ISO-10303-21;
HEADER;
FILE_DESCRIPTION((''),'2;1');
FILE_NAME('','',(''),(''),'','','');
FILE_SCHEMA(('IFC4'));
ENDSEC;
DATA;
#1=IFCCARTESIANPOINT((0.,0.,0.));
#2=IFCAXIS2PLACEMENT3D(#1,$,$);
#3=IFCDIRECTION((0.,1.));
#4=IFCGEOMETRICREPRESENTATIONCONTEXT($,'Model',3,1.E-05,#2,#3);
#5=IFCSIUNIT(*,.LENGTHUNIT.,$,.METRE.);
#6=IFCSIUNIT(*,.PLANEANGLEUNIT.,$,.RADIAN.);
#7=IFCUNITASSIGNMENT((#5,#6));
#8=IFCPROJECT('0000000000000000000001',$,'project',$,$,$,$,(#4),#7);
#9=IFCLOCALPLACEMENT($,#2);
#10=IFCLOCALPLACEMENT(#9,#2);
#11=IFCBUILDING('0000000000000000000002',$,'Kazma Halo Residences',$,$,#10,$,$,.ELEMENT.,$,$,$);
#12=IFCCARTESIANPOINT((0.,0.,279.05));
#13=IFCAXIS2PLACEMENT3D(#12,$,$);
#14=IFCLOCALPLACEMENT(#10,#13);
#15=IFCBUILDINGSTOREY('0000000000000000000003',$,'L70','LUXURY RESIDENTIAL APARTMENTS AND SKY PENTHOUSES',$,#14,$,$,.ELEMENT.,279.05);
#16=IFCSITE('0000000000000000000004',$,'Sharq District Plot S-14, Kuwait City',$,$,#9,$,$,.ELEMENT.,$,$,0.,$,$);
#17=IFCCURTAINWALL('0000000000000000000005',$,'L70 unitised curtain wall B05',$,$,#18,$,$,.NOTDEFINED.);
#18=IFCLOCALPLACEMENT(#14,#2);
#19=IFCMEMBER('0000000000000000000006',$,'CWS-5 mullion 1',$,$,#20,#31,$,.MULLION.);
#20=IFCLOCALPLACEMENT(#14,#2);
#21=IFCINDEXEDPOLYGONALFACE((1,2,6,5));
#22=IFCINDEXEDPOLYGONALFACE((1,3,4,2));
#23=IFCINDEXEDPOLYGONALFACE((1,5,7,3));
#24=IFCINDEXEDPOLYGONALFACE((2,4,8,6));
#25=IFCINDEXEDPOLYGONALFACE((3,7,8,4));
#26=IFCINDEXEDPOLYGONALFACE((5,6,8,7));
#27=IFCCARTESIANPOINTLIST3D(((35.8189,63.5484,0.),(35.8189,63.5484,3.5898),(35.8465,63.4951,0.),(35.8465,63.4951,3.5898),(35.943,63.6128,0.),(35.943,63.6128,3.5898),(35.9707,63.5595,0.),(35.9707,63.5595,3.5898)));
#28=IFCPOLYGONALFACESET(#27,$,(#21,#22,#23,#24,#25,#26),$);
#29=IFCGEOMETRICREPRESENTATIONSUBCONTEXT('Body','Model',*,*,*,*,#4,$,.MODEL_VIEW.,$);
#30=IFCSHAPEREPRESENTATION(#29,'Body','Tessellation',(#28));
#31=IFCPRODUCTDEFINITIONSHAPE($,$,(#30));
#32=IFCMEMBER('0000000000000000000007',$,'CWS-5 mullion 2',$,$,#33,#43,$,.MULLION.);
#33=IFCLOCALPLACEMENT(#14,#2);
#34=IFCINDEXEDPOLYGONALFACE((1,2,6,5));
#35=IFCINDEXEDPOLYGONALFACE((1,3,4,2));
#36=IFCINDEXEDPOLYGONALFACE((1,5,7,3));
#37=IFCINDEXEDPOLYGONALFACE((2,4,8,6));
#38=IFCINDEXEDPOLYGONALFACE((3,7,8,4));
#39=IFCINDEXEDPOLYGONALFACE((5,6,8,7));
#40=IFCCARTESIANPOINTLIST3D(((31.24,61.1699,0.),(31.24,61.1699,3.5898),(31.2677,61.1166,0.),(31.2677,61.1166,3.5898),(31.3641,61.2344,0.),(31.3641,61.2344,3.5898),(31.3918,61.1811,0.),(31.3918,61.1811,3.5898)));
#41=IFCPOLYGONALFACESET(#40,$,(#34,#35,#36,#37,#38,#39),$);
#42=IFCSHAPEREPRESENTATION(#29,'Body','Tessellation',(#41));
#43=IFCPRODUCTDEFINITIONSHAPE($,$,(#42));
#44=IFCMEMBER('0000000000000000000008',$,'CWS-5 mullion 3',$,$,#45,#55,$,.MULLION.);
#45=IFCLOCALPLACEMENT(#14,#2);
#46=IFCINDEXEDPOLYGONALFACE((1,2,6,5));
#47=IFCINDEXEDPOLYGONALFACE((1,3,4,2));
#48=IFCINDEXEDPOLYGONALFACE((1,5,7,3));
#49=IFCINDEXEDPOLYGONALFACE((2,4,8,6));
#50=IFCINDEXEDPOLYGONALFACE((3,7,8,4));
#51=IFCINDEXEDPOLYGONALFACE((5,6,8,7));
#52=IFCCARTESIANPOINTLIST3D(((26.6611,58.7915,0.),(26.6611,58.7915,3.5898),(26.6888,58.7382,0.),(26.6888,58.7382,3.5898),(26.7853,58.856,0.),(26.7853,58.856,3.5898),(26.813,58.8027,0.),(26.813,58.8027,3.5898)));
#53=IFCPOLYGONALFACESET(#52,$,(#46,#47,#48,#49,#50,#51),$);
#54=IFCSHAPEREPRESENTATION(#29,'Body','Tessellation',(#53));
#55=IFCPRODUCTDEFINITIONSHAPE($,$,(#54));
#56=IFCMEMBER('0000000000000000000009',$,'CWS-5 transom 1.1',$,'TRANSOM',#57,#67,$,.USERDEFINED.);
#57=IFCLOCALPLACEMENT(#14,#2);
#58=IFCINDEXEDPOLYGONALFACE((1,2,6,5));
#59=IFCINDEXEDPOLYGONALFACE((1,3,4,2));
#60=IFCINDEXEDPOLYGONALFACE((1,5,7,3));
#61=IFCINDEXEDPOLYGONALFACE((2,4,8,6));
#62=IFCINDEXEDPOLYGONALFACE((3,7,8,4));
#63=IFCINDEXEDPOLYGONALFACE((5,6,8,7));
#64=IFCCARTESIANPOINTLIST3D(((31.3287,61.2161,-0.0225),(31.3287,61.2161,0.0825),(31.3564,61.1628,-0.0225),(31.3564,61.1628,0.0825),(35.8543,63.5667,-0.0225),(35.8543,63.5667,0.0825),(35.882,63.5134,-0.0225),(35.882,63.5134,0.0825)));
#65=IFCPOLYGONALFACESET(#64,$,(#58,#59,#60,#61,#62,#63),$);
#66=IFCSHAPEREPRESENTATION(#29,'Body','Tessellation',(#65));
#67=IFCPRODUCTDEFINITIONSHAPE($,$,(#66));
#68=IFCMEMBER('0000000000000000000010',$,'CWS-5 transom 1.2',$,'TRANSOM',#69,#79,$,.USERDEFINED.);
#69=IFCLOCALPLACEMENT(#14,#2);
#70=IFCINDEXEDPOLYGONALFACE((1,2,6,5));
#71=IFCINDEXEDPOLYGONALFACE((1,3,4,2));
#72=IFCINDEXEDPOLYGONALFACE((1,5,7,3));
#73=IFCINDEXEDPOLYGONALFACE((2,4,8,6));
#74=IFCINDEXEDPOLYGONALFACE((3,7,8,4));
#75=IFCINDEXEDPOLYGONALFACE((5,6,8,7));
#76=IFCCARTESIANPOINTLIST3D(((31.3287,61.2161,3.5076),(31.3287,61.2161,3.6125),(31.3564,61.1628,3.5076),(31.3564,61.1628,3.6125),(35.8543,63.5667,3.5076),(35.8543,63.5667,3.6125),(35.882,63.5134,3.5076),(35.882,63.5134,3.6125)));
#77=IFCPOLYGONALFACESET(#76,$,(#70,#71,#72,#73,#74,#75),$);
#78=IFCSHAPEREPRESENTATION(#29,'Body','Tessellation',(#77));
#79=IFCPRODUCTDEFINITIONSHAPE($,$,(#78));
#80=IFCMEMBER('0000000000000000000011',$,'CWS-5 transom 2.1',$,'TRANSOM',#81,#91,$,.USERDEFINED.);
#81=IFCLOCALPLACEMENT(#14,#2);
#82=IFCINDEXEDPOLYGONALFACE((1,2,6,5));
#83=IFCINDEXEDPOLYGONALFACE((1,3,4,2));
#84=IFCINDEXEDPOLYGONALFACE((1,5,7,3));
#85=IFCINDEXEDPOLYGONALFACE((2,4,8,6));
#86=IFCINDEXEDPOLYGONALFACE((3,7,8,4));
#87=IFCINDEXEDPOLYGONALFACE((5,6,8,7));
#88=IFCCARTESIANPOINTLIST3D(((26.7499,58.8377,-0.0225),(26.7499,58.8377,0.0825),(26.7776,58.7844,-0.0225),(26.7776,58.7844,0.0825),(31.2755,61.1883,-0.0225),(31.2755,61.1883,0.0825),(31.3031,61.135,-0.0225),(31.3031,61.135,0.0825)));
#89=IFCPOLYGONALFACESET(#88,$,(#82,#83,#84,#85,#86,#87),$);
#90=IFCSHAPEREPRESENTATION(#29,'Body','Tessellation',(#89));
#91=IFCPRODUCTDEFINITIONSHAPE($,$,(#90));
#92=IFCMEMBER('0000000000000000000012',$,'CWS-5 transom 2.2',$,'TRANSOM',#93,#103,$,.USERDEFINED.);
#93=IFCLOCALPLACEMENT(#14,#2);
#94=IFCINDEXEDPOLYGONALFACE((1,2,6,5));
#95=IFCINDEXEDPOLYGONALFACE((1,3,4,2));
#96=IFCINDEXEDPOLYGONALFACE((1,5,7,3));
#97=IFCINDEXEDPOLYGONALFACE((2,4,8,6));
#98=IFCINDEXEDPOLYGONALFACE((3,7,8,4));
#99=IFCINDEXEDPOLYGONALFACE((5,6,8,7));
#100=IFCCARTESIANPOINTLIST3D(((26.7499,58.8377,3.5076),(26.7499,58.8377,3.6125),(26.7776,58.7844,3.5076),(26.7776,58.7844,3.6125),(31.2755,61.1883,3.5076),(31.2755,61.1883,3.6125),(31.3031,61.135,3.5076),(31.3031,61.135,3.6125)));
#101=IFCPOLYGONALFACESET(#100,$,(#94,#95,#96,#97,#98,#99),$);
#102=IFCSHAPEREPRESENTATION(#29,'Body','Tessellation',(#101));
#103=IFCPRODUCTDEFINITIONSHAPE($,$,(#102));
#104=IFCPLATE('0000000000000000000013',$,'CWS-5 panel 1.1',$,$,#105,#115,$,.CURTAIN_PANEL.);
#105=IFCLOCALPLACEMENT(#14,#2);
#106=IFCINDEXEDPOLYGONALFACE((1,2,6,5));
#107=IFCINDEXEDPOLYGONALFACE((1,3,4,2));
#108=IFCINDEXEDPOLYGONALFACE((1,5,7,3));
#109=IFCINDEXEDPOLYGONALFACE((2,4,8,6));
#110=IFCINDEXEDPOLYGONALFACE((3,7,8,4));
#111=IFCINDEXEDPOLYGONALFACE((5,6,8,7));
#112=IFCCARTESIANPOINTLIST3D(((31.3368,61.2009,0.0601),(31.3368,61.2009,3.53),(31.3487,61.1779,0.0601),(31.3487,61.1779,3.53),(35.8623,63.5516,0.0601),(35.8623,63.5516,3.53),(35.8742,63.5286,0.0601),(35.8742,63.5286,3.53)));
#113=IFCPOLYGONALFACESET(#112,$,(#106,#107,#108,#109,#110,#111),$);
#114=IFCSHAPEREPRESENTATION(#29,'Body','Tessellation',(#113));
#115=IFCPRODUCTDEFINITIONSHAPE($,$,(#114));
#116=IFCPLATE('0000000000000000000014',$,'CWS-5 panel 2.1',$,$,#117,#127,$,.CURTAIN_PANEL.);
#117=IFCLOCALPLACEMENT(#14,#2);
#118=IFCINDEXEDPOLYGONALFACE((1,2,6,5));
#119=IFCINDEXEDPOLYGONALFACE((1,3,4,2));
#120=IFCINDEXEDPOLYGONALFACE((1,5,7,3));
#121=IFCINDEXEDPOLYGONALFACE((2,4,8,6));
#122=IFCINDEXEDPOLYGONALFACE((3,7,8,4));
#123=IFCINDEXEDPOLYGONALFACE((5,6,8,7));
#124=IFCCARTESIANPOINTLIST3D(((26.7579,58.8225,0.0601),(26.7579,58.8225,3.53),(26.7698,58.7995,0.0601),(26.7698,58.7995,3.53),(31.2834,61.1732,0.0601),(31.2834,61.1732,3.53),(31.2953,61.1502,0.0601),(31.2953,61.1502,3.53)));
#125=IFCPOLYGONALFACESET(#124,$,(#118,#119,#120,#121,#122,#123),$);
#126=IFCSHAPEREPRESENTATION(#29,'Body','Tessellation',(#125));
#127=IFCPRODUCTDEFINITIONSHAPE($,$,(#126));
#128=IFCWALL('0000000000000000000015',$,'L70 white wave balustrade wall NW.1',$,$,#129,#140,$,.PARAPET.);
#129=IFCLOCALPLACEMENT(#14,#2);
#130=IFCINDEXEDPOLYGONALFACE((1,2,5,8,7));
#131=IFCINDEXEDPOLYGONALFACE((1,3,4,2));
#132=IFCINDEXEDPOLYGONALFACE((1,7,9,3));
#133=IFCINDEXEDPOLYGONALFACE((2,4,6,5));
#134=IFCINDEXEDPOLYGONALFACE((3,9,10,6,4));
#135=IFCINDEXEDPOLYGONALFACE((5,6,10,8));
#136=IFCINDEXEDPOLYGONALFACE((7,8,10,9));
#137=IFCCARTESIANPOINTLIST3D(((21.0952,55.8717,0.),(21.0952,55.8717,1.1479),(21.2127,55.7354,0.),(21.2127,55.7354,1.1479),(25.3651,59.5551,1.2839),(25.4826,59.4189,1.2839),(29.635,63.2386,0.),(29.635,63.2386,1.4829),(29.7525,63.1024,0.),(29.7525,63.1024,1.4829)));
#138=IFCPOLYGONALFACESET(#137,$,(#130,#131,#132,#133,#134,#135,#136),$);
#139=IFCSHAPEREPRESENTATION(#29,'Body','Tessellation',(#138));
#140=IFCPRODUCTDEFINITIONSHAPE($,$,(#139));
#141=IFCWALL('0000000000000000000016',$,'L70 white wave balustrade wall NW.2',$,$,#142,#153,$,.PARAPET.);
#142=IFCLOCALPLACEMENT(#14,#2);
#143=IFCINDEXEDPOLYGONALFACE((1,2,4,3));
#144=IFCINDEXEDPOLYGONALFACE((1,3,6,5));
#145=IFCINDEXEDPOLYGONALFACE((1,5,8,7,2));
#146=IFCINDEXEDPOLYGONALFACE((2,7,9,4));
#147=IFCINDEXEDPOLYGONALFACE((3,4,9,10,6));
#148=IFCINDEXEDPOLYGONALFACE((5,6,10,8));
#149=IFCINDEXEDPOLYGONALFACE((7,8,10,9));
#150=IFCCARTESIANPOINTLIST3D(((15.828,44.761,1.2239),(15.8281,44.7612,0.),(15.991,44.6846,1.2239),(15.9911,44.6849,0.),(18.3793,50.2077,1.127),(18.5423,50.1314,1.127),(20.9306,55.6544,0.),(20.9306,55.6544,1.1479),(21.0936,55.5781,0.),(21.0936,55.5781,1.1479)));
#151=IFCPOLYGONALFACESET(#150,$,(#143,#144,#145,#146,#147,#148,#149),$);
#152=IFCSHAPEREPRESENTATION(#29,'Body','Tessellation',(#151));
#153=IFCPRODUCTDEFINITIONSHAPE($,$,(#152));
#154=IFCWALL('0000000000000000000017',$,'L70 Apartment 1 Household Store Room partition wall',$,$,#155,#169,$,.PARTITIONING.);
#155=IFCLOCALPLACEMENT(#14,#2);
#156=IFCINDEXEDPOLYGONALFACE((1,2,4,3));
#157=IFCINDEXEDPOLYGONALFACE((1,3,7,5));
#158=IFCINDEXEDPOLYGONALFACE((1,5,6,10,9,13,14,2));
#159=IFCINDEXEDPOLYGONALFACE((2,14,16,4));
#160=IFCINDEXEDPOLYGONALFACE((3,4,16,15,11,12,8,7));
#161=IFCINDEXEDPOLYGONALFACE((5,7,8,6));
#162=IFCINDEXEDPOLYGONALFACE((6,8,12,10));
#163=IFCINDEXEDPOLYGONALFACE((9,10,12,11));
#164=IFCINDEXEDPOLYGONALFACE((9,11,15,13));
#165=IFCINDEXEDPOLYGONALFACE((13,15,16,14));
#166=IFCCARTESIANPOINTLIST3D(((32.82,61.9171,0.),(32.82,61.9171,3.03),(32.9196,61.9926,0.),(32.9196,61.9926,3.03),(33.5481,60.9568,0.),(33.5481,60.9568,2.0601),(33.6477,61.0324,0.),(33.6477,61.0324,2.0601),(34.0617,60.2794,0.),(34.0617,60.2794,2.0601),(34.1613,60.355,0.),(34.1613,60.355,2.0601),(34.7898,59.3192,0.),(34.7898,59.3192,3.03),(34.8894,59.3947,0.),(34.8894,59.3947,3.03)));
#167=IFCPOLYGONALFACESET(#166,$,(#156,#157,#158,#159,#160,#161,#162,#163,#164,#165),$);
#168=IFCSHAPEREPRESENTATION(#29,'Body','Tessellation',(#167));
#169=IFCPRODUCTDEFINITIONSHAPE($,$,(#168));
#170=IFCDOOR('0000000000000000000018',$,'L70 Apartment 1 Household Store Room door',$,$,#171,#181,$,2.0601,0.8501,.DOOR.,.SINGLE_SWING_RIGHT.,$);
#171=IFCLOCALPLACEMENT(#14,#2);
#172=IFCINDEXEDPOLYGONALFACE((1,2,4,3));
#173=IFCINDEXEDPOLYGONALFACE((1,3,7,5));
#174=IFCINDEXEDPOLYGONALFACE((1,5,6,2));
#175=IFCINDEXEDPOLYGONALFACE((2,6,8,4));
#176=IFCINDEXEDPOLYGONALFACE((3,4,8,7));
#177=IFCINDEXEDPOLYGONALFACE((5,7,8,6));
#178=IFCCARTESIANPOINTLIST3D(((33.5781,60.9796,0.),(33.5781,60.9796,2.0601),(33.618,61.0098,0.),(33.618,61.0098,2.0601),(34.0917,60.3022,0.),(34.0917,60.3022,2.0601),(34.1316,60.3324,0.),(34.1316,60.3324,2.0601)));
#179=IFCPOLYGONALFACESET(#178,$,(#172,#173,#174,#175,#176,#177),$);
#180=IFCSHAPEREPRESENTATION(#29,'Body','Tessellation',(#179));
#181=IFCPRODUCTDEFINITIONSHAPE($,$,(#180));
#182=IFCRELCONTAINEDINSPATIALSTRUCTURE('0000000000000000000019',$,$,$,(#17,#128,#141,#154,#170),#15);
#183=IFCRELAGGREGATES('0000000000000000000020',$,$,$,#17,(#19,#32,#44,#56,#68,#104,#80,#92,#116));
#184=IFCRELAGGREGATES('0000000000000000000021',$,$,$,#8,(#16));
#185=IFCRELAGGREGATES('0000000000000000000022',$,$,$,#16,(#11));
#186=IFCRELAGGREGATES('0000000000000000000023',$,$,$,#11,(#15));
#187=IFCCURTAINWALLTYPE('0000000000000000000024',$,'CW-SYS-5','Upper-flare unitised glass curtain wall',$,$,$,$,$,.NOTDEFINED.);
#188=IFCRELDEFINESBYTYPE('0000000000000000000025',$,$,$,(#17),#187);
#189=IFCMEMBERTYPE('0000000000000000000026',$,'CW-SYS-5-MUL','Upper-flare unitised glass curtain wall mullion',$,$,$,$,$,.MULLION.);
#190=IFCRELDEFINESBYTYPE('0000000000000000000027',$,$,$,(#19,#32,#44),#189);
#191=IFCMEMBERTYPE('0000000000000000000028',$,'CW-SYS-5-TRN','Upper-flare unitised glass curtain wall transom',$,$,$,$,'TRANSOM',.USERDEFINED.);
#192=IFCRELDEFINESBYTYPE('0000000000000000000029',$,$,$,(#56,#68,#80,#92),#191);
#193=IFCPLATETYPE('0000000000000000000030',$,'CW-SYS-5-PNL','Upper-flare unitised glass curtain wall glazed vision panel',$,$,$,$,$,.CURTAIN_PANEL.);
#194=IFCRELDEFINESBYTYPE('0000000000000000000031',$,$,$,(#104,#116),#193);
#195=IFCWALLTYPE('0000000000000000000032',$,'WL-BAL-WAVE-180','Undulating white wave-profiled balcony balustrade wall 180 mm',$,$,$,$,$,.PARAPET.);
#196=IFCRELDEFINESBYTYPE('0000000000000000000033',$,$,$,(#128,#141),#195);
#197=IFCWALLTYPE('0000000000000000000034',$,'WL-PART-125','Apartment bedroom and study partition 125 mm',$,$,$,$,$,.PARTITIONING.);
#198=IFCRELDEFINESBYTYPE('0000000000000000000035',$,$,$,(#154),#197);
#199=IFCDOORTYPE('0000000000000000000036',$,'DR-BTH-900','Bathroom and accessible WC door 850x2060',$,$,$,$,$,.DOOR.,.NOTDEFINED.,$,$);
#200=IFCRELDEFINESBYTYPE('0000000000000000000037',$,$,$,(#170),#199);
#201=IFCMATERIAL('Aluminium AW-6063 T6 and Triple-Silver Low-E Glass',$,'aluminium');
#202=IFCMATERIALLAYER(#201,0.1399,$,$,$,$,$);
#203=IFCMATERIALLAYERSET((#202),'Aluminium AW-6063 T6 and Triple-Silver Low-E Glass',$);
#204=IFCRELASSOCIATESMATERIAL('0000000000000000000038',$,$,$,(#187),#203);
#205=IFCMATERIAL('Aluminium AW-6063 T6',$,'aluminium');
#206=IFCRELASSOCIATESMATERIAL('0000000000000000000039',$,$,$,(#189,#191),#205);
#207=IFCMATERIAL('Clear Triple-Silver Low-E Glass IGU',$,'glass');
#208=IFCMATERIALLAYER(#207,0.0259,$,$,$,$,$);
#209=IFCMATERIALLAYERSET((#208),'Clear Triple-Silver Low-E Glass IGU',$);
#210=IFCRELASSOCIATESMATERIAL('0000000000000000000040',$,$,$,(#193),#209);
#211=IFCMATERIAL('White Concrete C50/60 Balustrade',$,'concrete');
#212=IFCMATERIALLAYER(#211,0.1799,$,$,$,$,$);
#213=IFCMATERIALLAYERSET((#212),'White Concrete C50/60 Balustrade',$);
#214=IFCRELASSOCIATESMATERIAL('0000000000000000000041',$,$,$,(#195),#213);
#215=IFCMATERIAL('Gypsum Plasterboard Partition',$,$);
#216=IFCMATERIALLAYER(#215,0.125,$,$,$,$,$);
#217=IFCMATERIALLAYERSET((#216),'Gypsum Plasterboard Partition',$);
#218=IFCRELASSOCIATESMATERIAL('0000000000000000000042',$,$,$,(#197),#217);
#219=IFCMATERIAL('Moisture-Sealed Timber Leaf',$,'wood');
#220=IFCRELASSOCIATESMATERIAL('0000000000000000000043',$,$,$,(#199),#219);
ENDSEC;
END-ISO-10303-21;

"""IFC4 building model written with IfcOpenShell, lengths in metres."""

from ifc_helpers import new_model, si_unit, direction, frame, frame_2d, origin, origin_2d, place, context, subcontext, project, spatial, polyline, rectangle, outline, extrude, material, layer, layer_set, material_profile, profile_set, type_object, element, fill, aggregate, save


model = new_model("IFC4")

# Units and contexts
model_context = context("Model", 3, precision=1e-05, world=origin(), true_north=direction((0.0, 1.0)))
body_context = subcontext(model_context, "Body", "Model", "MODEL_VIEW")
ifc_project = project(units=[si_unit("LENGTHUNIT", "METRE"), si_unit("PLANEANGLEUNIT", "RADIAN")], contexts=[model_context])

# Site, building, storey
site_placement = place(None, origin())
site = spatial("IfcSite", under=ifc_project, at=site_placement, Name="Sharq District Plot S-14, Kuwait City", CompositionType="ELEMENT", RefElevation=0.0)
building_placement = place(site_placement, origin())
building = spatial("IfcBuilding", under=site, at=building_placement, Name="Kazma Halo Residences", CompositionType="ELEMENT")
storey_placement = place(building_placement, frame((0.0, 0.0, 279.05)))
storey = spatial("IfcBuildingStorey", under=building, at=storey_placement, Name="L70", Description="LUXURY RESIDENTIAL APARTMENTS AND SKY PENTHOUSES", CompositionType="ELEMENT", Elevation=279.05)

# Curtain wall, members, plates
ifc_material_1 = material(Name="Aluminium AW-6063 T6 and Triple-Silver Low-E Glass", Category="aluminium")
ifc_layer_1 = layer(ifc_material_1, 0.1399)
ifc_layer_set_1 = layer_set([ifc_layer_1], Name="Aluminium AW-6063 T6 and Triple-Silver Low-E Glass")
curtain_wall_type = type_object("IfcCurtainWallType", Name="CW-SYS-5", Description="Upper-flare unitised glass curtain wall", PredefinedType="NOTDEFINED", material=ifc_layer_set_1)
curtain_wall_placement = place(storey_placement, origin())
curtain_wall = element("IfcCurtainWall", 1, at=curtain_wall_placement, inside=storey, type_object=curtain_wall_type, Name="L70 unitised curtain wall B05", PredefinedType="NOTDEFINED")
ifc_material_2 = material(Name="Aluminium AW-6063 T6", Category="aluminium")
ifc_material_profile_1 = material_profile(ifc_material_2, rectangle(XDim=0.0601, YDim=0.1399, at=origin_2d()), Name="CWM-60x140")
ifc_profile_set_1 = profile_set([ifc_material_profile_1], Name="Aluminium AW-6063 T6")
member_type_1 = type_object("IfcMemberType", Name="CW-SYS-5-MUL", Description="Upper-flare unitised glass curtain wall mullion", PredefinedType="MULLION", material=ifc_profile_set_1)
member_1_placement = place(storey_placement, frame((35.8948, 63.554, 0.0), z_axis=(0.0, 0.0, 1.0), x_axis=(0.460961, -0.887421, 0.0)))
member_1 = element("IfcMember", 2, at=member_1_placement, type_object=member_type_1, Name="CWS-5 mullion 1", PredefinedType="MULLION", context=body_context, shape_type="SweptSolid", body=[
    extrude(rectangle(XDim=0.0601, YDim=0.1399, at=origin_2d()), origin(), (0.0, 0.0, 1.0), 3.5898),
])
member_2_placement = place(storey_placement, frame((31.3159, 61.1755, 0.0), z_axis=(0.0, 0.0, 1.0), x_axis=(0.460961, -0.887421, 0.0)))
member_2 = element("IfcMember", 3, at=member_2_placement, type_object=member_type_1, Name="CWS-5 mullion 2", PredefinedType="MULLION", context=body_context, shape_type="SweptSolid", body=[
    extrude(rectangle(XDim=0.0601, YDim=0.1399, at=origin_2d()), origin(), (0.0, 0.0, 1.0), 3.5898),
])
member_3_placement = place(storey_placement, frame((26.7371, 58.7971, 0.0), z_axis=(0.0, 0.0, 1.0), x_axis=(0.460961, -0.887421, 0.0)))
member_3 = element("IfcMember", 4, at=member_3_placement, type_object=member_type_1, Name="CWS-5 mullion 3", PredefinedType="MULLION", context=body_context, shape_type="SweptSolid", body=[
    extrude(rectangle(XDim=0.0601, YDim=0.1399, at=origin_2d()), origin(), (0.0, 0.0, 1.0), 3.5898),
])
ifc_material_profile_2 = material_profile(ifc_material_2, rectangle(XDim=0.0601, YDim=0.105, at=origin_2d()), Name="CWT-60x105")
ifc_profile_set_2 = profile_set([ifc_material_profile_2], Name="Aluminium AW-6063 T6")
member_type_2 = type_object("IfcMemberType", Name="CW-SYS-5-TRN", Description="Upper-flare unitised glass curtain wall transom", ElementType="TRANSOM", PredefinedType="USERDEFINED", material=ifc_profile_set_2)
member_4_placement = place(storey_placement, frame((35.8682, 63.54, 0.03), z_axis=(-0.887437, -0.460929, 0.0), x_axis=(0.460929, -0.887437, 0.0)))
member_4 = element("IfcMember", 5, at=member_4_placement, type_object=member_type_2, Name="CWS-5 transom 1.1", ObjectType="TRANSOM", PredefinedType="USERDEFINED", context=body_context, shape_type="SweptSolid", body=[
    extrude(rectangle(XDim=0.0601, YDim=0.105, at=origin_2d()), origin(), (0.0, 0.0, 1.0), 5.0996),
])
member_5_placement = place(storey_placement, frame((35.8682, 63.54, 3.5601), z_axis=(-0.887437, -0.460929, 0.0), x_axis=(0.460929, -0.887437, 0.0)))
member_5 = element("IfcMember", 6, at=member_5_placement, type_object=member_type_2, Name="CWS-5 transom 1.2", ObjectType="TRANSOM", PredefinedType="USERDEFINED", context=body_context, shape_type="SweptSolid", body=[
    extrude(rectangle(XDim=0.0601, YDim=0.105, at=origin_2d()), origin(), (0.0, 0.0, 1.0), 5.0996),
])
member_6_placement = place(storey_placement, frame((31.2893, 61.1616, 0.03), z_axis=(-0.887437, -0.460929, 0.0), x_axis=(0.460929, -0.887437, 0.0)))
member_6 = element("IfcMember", 7, at=member_6_placement, type_object=member_type_2, Name="CWS-5 transom 2.1", ObjectType="TRANSOM", PredefinedType="USERDEFINED", context=body_context, shape_type="SweptSolid", body=[
    extrude(rectangle(XDim=0.0601, YDim=0.105, at=origin_2d()), origin(), (0.0, 0.0, 1.0), 5.0996),
])
member_7_placement = place(storey_placement, frame((31.2893, 61.1616, 3.5601), z_axis=(-0.887437, -0.460929, 0.0), x_axis=(0.460929, -0.887437, 0.0)))
member_7 = element("IfcMember", 8, at=member_7_placement, type_object=member_type_2, Name="CWS-5 transom 2.2", ObjectType="TRANSOM", PredefinedType="USERDEFINED", context=body_context, shape_type="SweptSolid", body=[
    extrude(rectangle(XDim=0.0601, YDim=0.105, at=origin_2d()), origin(), (0.0, 0.0, 1.0), 5.0996),
])
ifc_material_3 = material(Name="Clear Triple-Silver Low-E Glass IGU", Category="glass")
ifc_layer_2 = layer(ifc_material_3, 0.0259)
ifc_layer_set_2 = layer_set([ifc_layer_2], Name="Clear Triple-Silver Low-E Glass IGU")
plate_type = type_object("IfcPlateType", Name="CW-SYS-5-PNL", Description="Upper-flare unitised glass curtain wall glazed vision panel", PredefinedType="CURTAIN_PANEL", material=ifc_layer_set_2)
plate_1_placement = place(storey_placement, frame((33.6055, 62.3647, 0.0601), z_axis=(0.0, 0.0, 1.0), x_axis=(-0.887421, -0.460961, 0.0)))
plate_1 = element("IfcPlate", 9, at=plate_1_placement, type_object=plate_type, Name="CWS-5 panel 1.1", PredefinedType="CURTAIN_PANEL", context=body_context, shape_type="SweptSolid", body=[
    extrude(rectangle(XDim=5.0996, YDim=0.0259, at=origin_2d()), origin(), (0.0, 0.0, 1.0), 3.47),
])
plate_2_placement = place(storey_placement, frame((29.0266, 59.9863, 0.0601), z_axis=(0.0, 0.0, 1.0), x_axis=(-0.887421, -0.460961, 0.0)))
plate_2 = element("IfcPlate", 10, at=plate_2_placement, type_object=plate_type, Name="CWS-5 panel 2.1", PredefinedType="CURTAIN_PANEL", context=body_context, shape_type="SweptSolid", body=[
    extrude(rectangle(XDim=5.0996, YDim=0.0259, at=origin_2d()), origin(), (0.0, 0.0, 1.0), 3.47),
])
aggregate(curtain_wall, [member_1, member_2, member_3, member_4, member_5, plate_1, member_6, member_7, plate_2])

# Walls
ifc_material_4 = material(Name="White Concrete C50/60 Balustrade", Category="concrete")
ifc_layer_3 = layer(ifc_material_4, 0.1799)
ifc_layer_set_3 = layer_set([ifc_layer_3], Name="White Concrete C50/60 Balustrade")
wall_type_1 = type_object("IfcWallType", Name="WL-BAL-WAVE-180", Description="Undulating white wave-profiled balcony balustrade wall 180 mm", PredefinedType="PARAPET", material=ifc_layer_set_3)
wall_1_placement = place(storey_placement, frame((29.6938, 63.1704, 0.0), z_axis=(0.0, 0.0, 1.0), x_axis=(-0.757188, -0.653197, 0.0)))
element("IfcWall", 11, at=wall_1_placement, inside=storey, type_object=wall_type_1, Name="L70 white wave balustrade wall NW.1", PredefinedType="PARAPET", context=body_context, shape_type="SweptSolid", body=[
    extrude(outline(polyline([(0.0, 0.0), (11.2783, 0.0), (11.2783, 1.1479), (5.6392, 1.2839), (0.0, 1.4829), (0.0, 0.0)])), frame((0.0, 0.0898, 0.0), z_axis=(0.0, -1.0, 0.0), x_axis=(1.0, 0.0, 0.0)), (0.0, 0.0, 1.0), 0.1799),
])
wall_2_placement = place(storey_placement, frame((21.0122, 55.6162, 0.0), z_axis=(0.0, 0.0, 1.0), x_axis=(-0.424182, -0.905577, 0.0)))
element("IfcWall", 12, at=wall_2_placement, inside=storey, type_object=wall_type_1, Name="L70 white wave balustrade wall NW.2", PredefinedType="PARAPET", context=body_context, shape_type="SweptSolid", body=[
    extrude(outline(polyline([(0.0, 0.0), (12.0291, 0.0), (12.0293, 1.2239), (6.0146, 1.127), (0.0, 1.1479), (0.0, 0.0)])), frame((0.0, 0.0898, 0.0), z_axis=(0.0, -1.0, 0.0), x_axis=(1.0, 0.0, 0.0)), (0.0, 0.0, 1.0), 0.1799),
])

# Wall, opening, door
ifc_material_5 = material(Name="Gypsum Plasterboard Partition")
ifc_layer_4 = layer(ifc_material_5, 0.125)
ifc_layer_set_4 = layer_set([ifc_layer_4], Name="Gypsum Plasterboard Partition")
wall_type_2 = type_object("IfcWallType", Name="WL-PART-125", Description="Apartment bedroom and study partition 125 mm", PredefinedType="PARTITIONING", material=ifc_layer_set_4)
wall_3_placement = place(storey_placement, frame((34.8396, 59.3569, 0.0), z_axis=(0.0, 0.0, 1.0), x_axis=(-0.604173, 0.796853, 0.0)))
wall_3 = element("IfcWall", 13, at=wall_3_placement, inside=storey, type_object=wall_type_2, Name="L70 Apartment 1 Household Store Room partition wall", PredefinedType="PARTITIONING", context=body_context, shape_type="SweptSolid", body=[
    extrude(rectangle(XDim=3.2603, YDim=0.125, at=frame_2d((1.6301, 0.0))), origin(), (0.0, 0.0, 1.0), 3.03),
])
opening_1_placement = place(wall_3_placement, frame((1.2051, 0.0, 0.0)))
opening_1 = element("IfcOpeningElement", 14, at=opening_1_placement, cuts=wall_3, PredefinedType="OPENING", context=body_context, shape_type="SweptSolid", body=[
    extrude(rectangle(XDim=0.8501, YDim=2.0601, at=frame_2d((0.425, 1.03))), frame((0.0, 0.0725, 0.0), z_axis=(0.0, -1.0, 0.0), x_axis=(1.0, 0.0, 0.0)), (0.0, 0.0, 1.0), 0.145),
])
ifc_material_6 = material(Name="Moisture-Sealed Timber Leaf", Category="wood")
door_type_1 = type_object("IfcDoorType", Name="DR-BTH-900", Description="Bathroom and accessible WC door 850x2060", OperationType="NOTDEFINED", PredefinedType="DOOR", material=ifc_material_6)
door_1_placement = place(opening_1_placement, origin())
door_1 = element("IfcDoor", 15, at=door_1_placement, inside=storey, type_object=door_type_1, Name="L70 Apartment 1 Household Store Room door", OperationType="SINGLE_SWING_RIGHT", OverallHeight=2.0601, OverallWidth=0.8501, PredefinedType="DOOR", context=body_context, shape_type="SweptSolid", body=[
    extrude(rectangle(XDim=0.8501, YDim=2.0601, at=frame_2d((0.425, 1.03))), frame((0.0, 0.0249, 0.0), z_axis=(0.0, -1.0, 0.0), x_axis=(1.0, 0.0, 0.0)), (0.0, 0.0, 1.0), 0.05),
])
fill(opening_1, door_1)

save(model, "model.ifc")
